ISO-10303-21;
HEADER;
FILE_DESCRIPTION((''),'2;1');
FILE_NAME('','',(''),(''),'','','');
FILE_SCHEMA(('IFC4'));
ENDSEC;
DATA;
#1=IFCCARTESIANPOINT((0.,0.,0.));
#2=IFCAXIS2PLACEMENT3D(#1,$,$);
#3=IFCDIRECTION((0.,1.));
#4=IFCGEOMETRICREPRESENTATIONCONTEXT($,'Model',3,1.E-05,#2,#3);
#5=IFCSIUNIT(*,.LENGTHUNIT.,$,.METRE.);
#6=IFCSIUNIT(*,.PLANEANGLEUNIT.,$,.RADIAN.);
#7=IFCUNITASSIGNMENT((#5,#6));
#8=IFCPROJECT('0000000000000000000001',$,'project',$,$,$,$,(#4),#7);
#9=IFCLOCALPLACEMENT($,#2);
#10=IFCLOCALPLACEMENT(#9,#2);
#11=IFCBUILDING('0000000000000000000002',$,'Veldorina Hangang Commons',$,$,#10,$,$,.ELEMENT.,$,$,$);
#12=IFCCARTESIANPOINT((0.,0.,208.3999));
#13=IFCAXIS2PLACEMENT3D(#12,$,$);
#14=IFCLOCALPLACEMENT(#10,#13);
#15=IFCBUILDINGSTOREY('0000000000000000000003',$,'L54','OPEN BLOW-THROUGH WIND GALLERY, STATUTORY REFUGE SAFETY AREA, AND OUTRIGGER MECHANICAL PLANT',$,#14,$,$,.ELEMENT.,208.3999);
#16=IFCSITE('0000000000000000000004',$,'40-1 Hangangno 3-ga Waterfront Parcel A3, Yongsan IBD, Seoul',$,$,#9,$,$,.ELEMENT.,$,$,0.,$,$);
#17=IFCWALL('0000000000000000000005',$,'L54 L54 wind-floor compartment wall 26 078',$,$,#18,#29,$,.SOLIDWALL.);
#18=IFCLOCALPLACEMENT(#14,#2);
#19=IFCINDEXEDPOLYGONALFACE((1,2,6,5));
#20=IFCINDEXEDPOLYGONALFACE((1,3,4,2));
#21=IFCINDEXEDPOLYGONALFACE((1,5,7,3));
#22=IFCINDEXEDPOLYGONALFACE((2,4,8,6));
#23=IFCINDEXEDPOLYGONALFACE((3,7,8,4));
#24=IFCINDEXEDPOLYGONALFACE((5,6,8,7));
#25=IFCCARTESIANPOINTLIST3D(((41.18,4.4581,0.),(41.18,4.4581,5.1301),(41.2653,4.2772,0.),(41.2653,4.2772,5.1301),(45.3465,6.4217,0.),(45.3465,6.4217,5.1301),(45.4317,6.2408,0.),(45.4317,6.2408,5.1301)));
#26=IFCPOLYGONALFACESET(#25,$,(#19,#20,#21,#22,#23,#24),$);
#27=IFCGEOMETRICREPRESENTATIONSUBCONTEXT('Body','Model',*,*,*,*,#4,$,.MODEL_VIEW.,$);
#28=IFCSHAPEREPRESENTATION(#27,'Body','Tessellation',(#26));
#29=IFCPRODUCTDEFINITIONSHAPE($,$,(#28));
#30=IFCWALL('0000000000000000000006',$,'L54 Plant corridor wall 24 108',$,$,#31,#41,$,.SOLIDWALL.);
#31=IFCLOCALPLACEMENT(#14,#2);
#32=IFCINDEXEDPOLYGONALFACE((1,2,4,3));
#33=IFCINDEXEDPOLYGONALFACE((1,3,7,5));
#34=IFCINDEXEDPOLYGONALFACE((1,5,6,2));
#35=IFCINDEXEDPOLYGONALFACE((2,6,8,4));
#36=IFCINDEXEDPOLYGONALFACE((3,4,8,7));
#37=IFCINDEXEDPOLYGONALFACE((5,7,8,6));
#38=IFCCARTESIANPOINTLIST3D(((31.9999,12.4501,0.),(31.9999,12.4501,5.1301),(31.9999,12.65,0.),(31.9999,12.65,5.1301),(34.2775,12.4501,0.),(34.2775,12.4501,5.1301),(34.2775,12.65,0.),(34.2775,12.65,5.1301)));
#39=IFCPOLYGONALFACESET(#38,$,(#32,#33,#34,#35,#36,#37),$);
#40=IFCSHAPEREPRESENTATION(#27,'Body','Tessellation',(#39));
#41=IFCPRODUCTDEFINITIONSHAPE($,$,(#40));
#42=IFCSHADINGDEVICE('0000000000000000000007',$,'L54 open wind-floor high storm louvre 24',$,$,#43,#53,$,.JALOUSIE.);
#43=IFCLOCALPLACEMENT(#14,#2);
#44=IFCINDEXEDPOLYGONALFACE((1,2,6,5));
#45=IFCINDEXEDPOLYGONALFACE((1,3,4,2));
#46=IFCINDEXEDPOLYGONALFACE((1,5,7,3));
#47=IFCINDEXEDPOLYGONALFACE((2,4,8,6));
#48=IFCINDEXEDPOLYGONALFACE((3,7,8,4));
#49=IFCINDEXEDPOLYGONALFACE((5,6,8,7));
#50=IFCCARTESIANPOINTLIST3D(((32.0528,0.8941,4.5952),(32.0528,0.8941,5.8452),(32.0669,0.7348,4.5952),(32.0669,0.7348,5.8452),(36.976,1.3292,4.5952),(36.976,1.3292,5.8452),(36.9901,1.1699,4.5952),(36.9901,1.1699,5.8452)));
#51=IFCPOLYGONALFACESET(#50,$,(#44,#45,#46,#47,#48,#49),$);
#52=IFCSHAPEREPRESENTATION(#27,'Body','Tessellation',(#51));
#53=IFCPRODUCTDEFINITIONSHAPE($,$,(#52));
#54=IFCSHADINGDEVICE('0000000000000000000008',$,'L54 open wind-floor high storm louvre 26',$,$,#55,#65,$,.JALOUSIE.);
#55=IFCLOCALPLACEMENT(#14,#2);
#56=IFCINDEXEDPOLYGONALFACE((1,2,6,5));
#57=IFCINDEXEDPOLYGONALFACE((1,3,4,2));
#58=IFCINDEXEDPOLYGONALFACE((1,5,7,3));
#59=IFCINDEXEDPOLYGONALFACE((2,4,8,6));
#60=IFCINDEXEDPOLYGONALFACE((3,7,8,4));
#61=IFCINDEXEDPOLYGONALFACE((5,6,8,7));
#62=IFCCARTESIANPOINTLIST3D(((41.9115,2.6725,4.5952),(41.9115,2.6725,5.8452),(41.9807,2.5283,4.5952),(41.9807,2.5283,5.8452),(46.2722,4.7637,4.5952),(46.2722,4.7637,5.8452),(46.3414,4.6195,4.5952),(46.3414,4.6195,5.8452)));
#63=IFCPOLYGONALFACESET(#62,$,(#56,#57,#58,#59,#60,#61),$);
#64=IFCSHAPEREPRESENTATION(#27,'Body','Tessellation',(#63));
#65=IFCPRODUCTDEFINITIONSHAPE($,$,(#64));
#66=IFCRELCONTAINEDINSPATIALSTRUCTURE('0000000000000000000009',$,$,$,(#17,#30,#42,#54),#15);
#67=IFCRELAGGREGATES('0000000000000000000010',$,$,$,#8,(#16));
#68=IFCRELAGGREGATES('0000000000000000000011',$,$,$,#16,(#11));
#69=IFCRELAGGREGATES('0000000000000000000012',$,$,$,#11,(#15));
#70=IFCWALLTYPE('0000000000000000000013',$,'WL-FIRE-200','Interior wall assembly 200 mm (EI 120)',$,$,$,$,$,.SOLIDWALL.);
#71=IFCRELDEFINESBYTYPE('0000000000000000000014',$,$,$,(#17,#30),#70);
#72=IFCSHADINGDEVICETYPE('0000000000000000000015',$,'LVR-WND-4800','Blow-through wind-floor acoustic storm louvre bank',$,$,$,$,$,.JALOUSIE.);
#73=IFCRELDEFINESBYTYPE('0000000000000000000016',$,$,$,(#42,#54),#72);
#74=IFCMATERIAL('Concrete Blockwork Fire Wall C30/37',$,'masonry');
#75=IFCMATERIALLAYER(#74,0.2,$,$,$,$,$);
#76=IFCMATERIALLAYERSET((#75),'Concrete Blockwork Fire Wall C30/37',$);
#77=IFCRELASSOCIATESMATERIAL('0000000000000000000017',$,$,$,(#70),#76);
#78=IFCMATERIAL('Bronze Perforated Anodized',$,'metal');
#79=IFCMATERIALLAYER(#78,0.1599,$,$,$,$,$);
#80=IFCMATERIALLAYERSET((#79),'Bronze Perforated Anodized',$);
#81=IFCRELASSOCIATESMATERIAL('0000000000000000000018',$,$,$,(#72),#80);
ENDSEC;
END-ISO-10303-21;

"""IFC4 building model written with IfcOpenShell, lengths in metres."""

from ifc_helpers import new_model, si_unit, direction, frame, frame_2d, origin, origin_2d, place, context, subcontext, project, spatial, rectangle, extrude, material, layer, layer_set, type_object, element, save


model = new_model("IFC4")

# Units and contexts
model_context = context("Model", 3, precision=1e-05, world=origin(), true_north=direction((0.0, 1.0)))
body_context = subcontext(model_context, "Body", "Model", "MODEL_VIEW")
ifc_project = project(units=[si_unit("LENGTHUNIT", "METRE"), si_unit("PLANEANGLEUNIT", "RADIAN")], contexts=[model_context])

# Site, building, storey
site_placement = place(None, origin())
site = spatial("IfcSite", under=ifc_project, at=site_placement, Name="40-1 Hangangno 3-ga Waterfront Parcel A3, Yongsan IBD, Seoul", CompositionType="ELEMENT", RefElevation=0.0)
building_placement = place(site_placement, origin())
building = spatial("IfcBuilding", under=site, at=building_placement, Name="Veldorina Hangang Commons", CompositionType="ELEMENT")
storey_placement = place(building_placement, frame((0.0, 0.0, 208.3999)))
storey = spatial("IfcBuildingStorey", under=building, at=storey_placement, Name="L54", Description="OPEN BLOW-THROUGH WIND GALLERY, STATUTORY REFUGE SAFETY AREA, AND OUTRIGGER MECHANICAL PLANT", CompositionType="ELEMENT", Elevation=208.3999)

# Shared definitions
ifc_material_1 = material(Name="Concrete Blockwork Fire Wall C30/37", Category="masonry")
ifc_layer_1 = layer(ifc_material_1, 0.2)
ifc_layer_set_1 = layer_set([ifc_layer_1], Name="Concrete Blockwork Fire Wall C30/37")
wall_type = type_object("IfcWallType", Name="WL-FIRE-200", Description="Interior wall assembly 200 mm (EI 120)", PredefinedType="SOLIDWALL", material=ifc_layer_set_1)

# Walls
wall_1_placement = place(storey_placement, frame((41.2227, 4.3677, 0.0), z_axis=(0.0, 0.0, 1.0), x_axis=(0.904575, 0.426315, 0.0)))
element("IfcWall", 1, at=wall_1_placement, inside=storey, type_object=wall_type, Name="L54 L54 wind-floor compartment wall 26 078", PredefinedType="SOLIDWALL", context=body_context, shape_type="SweptSolid", body=[
    extrude(rectangle(XDim=4.606, YDim=0.2, at=frame_2d((2.303, 0.0))), origin(), (0.0, 0.0, 1.0), 5.1301),
])
wall_2_placement = place(storey_placement, frame((32.0, 12.55, 0.0), z_axis=(0.0, 0.0, 1.0), x_axis=(1.0, 0.0, 0.0)))
element("IfcWall", 2, at=wall_2_placement, inside=storey, type_object=wall_type, Name="L54 Plant corridor wall 24 108", PredefinedType="SOLIDWALL", context=body_context, shape_type="SweptSolid", body=[
    extrude(rectangle(XDim=2.2776, YDim=0.2, at=frame_2d((1.1387, 0.0))), origin(), (0.0, 0.0, 1.0), 5.1301),
])

# Shading devices
ifc_material_2 = material(Name="Bronze Perforated Anodized", Category="metal")
ifc_layer_2 = layer(ifc_material_2, 0.1599)
ifc_layer_set_2 = layer_set([ifc_layer_2], Name="Bronze Perforated Anodized")
shading_device_type = type_object("IfcShadingDeviceType", Name="LVR-WND-4800", Description="Blow-through wind-floor acoustic storm louvre bank", PredefinedType="JALOUSIE", material=ifc_layer_set_2)
shading_device_1_placement = place(storey_placement, frame((34.5215, 1.032, 4.5952), z_axis=(0.0, 0.0, 1.0), x_axis=(0.996118, 0.088025, 0.0)))
element("IfcShadingDevice", 3, at=shading_device_1_placement, inside=storey, type_object=shading_device_type, Name="L54 open wind-floor high storm louvre 24", PredefinedType="JALOUSIE", context=body_context, shape_type="SweptSolid", body=[
    extrude(rectangle(XDim=4.9424, YDim=0.1599, at=origin_2d()), origin(), (0.0, 0.0, 1.0), 1.25),
])
shading_device_2_placement = place(storey_placement, frame((44.1265, 3.646, 4.5952), z_axis=(0.0, 0.0, 1.0), x_axis=(0.901682, 0.432401, 0.0)))
element("IfcShadingDevice", 4, at=shading_device_2_placement, inside=storey, type_object=shading_device_type, Name="L54 open wind-floor high storm louvre 26", PredefinedType="JALOUSIE", context=body_context, shape_type="SweptSolid", body=[
    extrude(rectangle(XDim=4.8362, YDim=0.1599, at=origin_2d()), origin(), (0.0, 0.0, 1.0), 1.25),
])

save(model, "model.ifc")
